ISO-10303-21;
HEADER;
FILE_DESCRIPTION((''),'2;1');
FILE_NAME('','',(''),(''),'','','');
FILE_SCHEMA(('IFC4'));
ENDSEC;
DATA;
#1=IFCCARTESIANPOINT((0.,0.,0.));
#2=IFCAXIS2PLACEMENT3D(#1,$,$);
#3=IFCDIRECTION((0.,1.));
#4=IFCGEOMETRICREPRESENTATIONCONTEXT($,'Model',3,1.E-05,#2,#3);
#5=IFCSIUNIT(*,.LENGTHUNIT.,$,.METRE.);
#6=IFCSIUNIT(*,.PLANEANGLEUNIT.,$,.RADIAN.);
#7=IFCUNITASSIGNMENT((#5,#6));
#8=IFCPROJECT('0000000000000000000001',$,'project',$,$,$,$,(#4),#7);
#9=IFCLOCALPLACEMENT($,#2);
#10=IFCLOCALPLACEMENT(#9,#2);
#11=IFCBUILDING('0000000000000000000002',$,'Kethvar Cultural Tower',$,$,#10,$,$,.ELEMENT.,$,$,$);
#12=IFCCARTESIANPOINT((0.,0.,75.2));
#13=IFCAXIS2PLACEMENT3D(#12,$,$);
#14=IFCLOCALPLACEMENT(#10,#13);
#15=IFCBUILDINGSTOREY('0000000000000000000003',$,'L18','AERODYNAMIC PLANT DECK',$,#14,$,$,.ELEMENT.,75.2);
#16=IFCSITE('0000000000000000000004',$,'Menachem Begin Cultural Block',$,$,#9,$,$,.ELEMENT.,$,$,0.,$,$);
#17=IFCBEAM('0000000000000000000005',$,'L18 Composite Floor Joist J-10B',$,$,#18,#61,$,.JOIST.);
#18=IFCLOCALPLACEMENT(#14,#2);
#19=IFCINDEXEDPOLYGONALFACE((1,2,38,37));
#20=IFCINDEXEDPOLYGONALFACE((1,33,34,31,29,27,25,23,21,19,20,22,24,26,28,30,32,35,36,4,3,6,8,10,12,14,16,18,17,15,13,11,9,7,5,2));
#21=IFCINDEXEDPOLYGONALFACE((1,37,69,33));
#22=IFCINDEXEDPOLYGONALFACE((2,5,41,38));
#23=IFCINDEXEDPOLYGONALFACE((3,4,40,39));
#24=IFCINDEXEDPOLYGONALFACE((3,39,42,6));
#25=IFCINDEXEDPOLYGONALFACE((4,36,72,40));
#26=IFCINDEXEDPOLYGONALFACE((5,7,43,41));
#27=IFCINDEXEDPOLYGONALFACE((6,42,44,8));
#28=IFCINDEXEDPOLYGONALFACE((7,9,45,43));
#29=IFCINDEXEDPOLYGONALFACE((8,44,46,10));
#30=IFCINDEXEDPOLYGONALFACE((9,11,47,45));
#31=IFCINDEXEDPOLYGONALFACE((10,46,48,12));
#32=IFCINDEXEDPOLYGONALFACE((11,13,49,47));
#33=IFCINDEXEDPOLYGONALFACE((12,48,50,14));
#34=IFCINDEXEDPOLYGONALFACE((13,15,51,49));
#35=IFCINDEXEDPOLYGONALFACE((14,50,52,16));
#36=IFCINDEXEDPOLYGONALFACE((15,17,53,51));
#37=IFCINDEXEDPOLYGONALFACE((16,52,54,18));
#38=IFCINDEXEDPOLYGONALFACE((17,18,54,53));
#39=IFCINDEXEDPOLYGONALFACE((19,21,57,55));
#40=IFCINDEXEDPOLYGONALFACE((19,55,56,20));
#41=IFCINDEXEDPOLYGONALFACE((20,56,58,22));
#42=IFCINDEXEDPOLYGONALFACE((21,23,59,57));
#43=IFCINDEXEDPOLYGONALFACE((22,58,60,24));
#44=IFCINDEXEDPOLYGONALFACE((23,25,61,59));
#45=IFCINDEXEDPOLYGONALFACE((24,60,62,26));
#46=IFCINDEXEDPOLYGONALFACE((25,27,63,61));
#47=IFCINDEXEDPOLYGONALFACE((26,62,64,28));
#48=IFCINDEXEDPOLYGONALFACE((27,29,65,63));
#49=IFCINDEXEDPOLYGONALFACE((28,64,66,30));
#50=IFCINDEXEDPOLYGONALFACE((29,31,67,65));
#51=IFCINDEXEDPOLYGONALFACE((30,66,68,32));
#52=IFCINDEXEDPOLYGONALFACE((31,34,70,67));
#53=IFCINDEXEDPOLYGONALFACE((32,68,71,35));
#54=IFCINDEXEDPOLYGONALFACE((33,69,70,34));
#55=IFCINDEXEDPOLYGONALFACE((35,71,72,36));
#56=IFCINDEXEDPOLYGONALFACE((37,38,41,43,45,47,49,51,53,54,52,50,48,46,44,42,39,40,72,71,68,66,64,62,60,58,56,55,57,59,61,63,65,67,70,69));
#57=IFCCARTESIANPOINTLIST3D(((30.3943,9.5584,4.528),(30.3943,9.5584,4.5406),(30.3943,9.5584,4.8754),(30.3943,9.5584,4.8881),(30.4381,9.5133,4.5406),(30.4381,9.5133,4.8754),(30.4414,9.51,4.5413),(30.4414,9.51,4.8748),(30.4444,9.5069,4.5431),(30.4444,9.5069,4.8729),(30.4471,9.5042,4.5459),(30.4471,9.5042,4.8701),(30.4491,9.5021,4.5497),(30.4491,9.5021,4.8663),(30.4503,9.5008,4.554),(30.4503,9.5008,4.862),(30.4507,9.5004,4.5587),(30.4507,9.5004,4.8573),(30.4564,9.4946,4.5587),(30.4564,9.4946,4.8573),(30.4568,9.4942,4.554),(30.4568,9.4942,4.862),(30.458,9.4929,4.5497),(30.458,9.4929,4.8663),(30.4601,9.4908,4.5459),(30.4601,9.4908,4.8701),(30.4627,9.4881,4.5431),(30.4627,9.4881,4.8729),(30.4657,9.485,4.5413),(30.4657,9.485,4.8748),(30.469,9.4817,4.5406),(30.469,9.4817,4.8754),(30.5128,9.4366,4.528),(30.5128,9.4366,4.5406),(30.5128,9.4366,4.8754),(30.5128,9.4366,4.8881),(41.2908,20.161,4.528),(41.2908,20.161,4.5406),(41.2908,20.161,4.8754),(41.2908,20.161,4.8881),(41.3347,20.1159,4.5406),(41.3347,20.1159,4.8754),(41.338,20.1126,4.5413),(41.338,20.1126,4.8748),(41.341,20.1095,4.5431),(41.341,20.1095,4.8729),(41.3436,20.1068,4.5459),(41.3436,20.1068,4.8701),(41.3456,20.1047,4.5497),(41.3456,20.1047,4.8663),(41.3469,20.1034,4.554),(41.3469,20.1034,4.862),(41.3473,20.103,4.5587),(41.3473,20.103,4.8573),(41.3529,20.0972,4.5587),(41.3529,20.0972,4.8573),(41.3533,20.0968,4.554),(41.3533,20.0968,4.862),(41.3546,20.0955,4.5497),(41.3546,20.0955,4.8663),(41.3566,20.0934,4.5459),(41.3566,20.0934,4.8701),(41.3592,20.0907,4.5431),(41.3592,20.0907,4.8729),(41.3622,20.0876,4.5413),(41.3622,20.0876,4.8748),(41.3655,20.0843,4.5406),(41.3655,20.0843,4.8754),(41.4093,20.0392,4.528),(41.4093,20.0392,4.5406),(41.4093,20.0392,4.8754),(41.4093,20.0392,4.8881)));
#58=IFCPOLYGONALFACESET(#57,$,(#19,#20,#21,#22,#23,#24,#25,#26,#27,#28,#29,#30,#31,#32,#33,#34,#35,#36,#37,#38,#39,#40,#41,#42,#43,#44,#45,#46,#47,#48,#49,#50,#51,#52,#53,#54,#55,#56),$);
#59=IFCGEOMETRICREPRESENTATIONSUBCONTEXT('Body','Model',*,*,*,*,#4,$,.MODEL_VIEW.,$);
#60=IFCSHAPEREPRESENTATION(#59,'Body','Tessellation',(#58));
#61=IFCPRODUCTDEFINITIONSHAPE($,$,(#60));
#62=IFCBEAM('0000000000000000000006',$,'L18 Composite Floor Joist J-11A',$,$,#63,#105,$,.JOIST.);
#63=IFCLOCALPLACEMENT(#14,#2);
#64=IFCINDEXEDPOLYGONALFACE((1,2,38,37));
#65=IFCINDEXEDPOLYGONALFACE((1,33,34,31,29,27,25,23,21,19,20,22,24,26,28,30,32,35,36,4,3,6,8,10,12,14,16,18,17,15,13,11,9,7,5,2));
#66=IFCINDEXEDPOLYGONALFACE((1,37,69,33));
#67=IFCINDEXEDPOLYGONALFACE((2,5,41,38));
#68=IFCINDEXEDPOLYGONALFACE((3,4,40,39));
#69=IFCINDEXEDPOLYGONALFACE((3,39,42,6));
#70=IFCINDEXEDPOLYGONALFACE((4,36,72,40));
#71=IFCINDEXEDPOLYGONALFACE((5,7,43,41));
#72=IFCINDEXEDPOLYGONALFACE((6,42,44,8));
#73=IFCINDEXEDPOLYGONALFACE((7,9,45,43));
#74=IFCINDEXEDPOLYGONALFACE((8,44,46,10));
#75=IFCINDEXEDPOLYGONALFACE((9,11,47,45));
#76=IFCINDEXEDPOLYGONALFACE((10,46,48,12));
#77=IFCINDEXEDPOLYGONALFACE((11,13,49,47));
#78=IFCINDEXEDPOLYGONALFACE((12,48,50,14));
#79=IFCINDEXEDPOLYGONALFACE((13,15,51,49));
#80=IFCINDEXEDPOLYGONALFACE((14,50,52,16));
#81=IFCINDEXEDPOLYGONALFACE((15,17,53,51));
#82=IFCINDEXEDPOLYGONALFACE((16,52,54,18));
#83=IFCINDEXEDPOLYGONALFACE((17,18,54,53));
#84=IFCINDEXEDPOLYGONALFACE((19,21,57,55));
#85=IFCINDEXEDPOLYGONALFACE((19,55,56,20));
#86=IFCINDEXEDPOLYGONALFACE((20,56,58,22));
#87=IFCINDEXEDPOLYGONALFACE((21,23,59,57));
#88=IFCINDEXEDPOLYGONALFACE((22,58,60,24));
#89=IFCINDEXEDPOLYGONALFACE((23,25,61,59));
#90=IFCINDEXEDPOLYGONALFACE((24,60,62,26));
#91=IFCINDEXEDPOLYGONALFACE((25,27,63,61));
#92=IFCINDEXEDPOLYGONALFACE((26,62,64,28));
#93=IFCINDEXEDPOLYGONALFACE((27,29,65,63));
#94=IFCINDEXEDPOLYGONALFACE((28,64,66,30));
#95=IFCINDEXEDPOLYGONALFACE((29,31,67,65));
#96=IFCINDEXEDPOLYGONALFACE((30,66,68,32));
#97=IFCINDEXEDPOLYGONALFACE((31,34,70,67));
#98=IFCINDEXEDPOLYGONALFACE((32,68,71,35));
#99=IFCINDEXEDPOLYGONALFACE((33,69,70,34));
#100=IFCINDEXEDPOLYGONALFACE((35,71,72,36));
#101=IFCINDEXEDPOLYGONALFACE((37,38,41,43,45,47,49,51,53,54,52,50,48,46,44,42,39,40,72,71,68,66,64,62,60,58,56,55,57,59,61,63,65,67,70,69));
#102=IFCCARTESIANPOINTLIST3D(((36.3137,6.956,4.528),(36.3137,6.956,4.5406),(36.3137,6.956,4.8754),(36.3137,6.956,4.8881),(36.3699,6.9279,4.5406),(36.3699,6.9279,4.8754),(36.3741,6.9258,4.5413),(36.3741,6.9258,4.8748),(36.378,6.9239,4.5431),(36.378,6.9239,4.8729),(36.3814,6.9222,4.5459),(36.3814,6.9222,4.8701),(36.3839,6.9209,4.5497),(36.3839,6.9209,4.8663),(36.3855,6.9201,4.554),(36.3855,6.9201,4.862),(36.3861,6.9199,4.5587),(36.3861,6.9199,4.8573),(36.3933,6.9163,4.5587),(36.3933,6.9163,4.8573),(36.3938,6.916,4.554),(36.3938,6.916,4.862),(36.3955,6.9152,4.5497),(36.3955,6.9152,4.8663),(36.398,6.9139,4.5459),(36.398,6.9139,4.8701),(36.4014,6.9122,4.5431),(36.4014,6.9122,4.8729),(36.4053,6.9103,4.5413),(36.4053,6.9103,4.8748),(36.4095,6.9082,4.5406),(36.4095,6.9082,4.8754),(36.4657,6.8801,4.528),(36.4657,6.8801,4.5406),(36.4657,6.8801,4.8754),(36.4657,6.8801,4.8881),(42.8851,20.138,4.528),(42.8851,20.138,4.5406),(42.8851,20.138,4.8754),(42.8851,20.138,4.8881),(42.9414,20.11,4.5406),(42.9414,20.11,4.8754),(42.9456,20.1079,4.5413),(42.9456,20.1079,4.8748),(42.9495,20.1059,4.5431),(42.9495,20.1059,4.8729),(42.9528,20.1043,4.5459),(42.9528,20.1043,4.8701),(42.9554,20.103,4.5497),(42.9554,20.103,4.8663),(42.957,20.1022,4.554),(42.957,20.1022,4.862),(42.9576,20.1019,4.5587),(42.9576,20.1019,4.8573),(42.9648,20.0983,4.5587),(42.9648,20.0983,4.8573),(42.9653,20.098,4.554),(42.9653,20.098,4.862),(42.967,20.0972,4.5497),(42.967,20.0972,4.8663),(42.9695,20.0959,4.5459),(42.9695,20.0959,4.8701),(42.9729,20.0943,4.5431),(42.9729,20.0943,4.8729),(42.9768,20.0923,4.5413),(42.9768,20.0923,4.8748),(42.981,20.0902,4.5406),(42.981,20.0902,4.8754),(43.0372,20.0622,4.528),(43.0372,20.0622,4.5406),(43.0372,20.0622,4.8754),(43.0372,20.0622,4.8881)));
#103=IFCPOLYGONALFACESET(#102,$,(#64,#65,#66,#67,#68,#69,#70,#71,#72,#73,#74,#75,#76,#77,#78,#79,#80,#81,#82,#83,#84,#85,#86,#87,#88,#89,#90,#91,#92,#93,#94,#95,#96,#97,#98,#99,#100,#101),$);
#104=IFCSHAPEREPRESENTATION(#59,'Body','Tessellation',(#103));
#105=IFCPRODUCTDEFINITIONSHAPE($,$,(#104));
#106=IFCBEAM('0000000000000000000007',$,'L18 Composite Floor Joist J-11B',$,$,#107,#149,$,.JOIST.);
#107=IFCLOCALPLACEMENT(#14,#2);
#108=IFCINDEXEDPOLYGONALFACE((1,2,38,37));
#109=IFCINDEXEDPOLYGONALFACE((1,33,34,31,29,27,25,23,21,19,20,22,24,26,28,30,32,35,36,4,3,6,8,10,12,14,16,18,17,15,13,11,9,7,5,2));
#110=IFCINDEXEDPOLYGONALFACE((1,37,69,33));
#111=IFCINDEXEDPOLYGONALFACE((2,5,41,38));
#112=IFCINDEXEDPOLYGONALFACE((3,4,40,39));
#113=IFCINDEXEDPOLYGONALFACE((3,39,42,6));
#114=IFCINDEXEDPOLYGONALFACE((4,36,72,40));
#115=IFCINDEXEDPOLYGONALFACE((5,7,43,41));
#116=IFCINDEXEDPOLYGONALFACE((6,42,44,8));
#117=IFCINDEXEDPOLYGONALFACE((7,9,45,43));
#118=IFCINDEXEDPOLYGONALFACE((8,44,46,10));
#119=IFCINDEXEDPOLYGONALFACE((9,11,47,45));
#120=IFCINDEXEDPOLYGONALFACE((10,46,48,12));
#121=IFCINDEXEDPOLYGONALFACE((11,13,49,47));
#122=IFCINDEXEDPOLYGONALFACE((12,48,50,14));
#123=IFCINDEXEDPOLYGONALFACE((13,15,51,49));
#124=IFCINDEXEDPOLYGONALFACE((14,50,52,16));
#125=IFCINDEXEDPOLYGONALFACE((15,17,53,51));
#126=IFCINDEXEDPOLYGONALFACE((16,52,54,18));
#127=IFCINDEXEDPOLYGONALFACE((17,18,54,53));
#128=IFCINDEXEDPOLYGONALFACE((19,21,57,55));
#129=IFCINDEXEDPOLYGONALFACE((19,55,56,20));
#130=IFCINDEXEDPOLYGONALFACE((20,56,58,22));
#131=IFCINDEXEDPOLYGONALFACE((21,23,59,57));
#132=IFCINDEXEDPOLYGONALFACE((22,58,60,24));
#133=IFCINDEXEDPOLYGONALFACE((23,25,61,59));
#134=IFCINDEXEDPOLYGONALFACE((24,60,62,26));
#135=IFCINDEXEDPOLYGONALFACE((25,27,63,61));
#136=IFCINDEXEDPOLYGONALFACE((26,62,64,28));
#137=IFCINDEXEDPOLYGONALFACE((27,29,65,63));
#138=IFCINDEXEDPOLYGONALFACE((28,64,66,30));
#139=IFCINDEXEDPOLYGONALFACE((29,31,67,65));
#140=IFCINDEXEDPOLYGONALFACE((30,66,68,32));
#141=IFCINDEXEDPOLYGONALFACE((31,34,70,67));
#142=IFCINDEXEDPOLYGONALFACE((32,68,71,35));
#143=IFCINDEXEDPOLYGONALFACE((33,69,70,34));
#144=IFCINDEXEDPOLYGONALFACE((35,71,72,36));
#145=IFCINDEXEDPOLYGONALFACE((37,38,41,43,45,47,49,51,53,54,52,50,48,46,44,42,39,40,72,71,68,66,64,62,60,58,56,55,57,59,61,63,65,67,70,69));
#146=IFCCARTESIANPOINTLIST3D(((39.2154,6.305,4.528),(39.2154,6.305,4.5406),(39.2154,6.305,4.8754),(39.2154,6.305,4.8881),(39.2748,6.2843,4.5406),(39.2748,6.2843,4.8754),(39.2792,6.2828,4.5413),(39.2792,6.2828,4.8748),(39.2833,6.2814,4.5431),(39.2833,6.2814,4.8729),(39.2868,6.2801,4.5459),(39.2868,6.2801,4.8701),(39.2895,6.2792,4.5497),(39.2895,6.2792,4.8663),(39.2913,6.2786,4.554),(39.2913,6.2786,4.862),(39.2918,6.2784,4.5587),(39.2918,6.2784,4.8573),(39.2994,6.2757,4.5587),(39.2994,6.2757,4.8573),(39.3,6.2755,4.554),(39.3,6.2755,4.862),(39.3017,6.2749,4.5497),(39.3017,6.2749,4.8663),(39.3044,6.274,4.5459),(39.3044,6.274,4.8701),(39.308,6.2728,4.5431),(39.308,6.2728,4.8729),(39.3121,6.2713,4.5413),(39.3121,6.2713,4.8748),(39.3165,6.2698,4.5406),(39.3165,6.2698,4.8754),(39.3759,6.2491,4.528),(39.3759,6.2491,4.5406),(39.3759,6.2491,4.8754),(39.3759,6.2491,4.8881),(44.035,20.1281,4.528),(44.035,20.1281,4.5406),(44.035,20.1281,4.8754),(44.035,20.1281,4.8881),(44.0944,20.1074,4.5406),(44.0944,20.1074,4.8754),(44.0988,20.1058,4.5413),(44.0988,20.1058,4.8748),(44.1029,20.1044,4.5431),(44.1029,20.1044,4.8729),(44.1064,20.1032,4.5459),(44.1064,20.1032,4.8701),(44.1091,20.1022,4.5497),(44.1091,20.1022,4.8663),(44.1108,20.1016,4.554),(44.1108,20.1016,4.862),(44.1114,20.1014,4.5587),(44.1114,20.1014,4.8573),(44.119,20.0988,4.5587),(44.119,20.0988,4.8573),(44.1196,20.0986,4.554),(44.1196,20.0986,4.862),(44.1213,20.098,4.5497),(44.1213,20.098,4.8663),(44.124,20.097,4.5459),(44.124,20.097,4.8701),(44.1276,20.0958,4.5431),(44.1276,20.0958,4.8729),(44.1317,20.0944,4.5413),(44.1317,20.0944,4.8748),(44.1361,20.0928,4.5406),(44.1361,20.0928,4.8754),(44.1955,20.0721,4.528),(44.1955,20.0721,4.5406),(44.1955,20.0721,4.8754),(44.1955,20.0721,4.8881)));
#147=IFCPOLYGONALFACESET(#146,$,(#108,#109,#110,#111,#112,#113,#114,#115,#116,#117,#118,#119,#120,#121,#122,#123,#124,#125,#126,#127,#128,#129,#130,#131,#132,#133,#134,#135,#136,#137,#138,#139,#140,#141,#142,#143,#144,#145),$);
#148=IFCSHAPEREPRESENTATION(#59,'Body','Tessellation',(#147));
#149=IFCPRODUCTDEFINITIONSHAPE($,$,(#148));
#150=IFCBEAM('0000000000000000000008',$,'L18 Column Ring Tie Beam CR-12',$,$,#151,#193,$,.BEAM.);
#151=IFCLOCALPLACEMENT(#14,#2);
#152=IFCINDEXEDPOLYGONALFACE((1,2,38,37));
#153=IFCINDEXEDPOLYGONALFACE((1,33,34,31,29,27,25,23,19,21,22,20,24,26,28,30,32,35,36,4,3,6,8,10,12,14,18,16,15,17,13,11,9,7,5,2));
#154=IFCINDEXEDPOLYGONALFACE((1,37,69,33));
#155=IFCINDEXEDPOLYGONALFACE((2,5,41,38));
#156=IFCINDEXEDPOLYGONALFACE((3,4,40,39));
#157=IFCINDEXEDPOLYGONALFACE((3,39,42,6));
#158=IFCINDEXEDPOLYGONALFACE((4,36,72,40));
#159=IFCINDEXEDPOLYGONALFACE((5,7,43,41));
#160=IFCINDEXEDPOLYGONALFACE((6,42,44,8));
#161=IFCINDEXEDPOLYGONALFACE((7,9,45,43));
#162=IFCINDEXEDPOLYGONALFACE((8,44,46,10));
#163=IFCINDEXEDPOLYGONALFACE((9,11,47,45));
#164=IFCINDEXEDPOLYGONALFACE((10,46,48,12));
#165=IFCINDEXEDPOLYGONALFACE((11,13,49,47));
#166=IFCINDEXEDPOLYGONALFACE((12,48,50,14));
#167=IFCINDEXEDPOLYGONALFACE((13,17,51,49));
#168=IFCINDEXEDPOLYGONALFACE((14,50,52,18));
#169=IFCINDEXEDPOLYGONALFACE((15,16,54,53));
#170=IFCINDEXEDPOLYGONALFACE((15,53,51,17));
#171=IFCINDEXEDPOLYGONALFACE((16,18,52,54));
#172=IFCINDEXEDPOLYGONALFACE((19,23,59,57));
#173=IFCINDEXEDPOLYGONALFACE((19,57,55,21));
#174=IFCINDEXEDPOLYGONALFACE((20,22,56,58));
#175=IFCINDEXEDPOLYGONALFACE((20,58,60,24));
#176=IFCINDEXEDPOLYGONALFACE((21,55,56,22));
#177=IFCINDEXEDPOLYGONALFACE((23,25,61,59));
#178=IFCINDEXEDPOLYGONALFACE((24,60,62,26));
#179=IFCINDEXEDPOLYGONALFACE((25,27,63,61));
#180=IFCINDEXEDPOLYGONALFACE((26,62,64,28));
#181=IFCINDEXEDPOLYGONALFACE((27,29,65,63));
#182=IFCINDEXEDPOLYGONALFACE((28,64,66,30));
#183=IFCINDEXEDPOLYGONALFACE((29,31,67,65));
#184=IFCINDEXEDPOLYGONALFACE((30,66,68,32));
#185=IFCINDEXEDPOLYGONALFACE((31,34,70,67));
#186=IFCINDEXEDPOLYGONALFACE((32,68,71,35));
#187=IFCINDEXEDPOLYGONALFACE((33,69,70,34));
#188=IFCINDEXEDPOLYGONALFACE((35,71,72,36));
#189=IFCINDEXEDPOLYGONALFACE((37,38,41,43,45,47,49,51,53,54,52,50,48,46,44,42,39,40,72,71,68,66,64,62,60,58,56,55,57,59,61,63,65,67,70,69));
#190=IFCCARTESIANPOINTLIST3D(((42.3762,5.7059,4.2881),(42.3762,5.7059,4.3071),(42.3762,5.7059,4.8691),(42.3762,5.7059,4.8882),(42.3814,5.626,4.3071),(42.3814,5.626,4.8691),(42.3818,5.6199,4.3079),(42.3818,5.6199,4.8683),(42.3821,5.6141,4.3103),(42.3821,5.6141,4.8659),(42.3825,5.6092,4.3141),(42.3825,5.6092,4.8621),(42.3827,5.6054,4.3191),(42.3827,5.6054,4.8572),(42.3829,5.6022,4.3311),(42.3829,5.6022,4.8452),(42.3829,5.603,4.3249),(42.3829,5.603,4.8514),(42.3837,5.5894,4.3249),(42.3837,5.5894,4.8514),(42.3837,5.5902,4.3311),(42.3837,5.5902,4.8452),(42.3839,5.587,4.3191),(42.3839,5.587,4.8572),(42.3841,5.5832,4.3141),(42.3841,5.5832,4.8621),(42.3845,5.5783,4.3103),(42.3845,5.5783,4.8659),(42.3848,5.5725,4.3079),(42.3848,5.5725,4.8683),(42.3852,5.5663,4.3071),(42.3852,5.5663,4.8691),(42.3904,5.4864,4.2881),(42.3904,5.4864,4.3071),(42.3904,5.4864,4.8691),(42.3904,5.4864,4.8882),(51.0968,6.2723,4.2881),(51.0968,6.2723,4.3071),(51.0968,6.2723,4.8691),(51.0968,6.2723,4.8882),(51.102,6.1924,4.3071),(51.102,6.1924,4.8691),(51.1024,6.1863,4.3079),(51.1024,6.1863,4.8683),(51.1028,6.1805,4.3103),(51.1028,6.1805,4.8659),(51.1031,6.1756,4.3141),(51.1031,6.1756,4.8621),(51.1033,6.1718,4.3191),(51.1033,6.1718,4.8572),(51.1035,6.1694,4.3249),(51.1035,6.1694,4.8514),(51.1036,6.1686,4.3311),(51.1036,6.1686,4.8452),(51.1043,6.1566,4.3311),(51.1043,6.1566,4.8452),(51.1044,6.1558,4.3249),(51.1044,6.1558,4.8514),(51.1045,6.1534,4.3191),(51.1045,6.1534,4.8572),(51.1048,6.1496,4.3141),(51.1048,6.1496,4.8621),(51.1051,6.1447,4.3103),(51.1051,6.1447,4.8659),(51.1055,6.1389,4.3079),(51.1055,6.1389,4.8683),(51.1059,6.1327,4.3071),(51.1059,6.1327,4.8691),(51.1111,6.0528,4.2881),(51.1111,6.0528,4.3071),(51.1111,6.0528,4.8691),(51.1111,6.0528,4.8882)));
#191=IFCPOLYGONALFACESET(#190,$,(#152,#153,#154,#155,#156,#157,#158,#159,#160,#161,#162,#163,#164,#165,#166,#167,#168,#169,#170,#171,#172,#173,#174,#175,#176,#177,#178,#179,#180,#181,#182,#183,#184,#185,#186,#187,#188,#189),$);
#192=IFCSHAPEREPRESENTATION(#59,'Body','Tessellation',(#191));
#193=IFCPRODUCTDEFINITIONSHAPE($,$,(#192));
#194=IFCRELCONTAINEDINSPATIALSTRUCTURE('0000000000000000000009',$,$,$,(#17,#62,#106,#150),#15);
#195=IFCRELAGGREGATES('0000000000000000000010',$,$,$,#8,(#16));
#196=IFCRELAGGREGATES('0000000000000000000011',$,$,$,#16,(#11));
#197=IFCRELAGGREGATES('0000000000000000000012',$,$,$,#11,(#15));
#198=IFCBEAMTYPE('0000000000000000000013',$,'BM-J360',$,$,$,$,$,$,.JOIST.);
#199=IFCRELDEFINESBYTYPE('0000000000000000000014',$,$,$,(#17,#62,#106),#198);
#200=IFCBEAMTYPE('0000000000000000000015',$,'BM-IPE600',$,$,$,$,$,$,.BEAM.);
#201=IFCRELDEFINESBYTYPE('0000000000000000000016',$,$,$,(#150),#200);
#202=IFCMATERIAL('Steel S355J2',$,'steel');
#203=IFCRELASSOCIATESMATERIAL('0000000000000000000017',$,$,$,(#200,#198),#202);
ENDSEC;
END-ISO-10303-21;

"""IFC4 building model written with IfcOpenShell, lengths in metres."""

from ifc_helpers import new_model, si_unit, direction, frame, origin, origin_2d, place, context, subcontext, project, spatial, i_section, extrude, source, transform, mapped, material, material_profile, profile_set, type_object, element, save


model = new_model("IFC4")

# Units and contexts
model_context = context("Model", 3, precision=1e-05, world=origin(), true_north=direction((0.0, 1.0)))
body_context = subcontext(model_context, "Body", "Model", "MODEL_VIEW")
ifc_project = project(units=[si_unit("LENGTHUNIT", "METRE"), si_unit("PLANEANGLEUNIT", "RADIAN")], contexts=[model_context])

# Site, building, storey
site_placement = place(None, origin())
site = spatial("IfcSite", under=ifc_project, at=site_placement, Name="Menachem Begin Cultural Block", CompositionType="ELEMENT", RefElevation=0.0)
building_placement = place(site_placement, origin())
building = spatial("IfcBuilding", under=site, at=building_placement, Name="Kethvar Cultural Tower", CompositionType="ELEMENT")
storey_placement = place(building_placement, frame((0.0, 0.0, 75.2)))
storey = spatial("IfcBuildingStorey", under=building, at=storey_placement, Name="L18", Description="AERODYNAMIC PLANT DECK", CompositionType="ELEMENT", Elevation=75.2)

# Beams
ifc_material_1 = material(Name="Steel S355J2", Category="steel")
ifc_material_profile_1 = material_profile(ifc_material_1, i_section(OverallWidth=0.22, OverallDepth=0.6001, WebThickness=0.012, FlangeThickness=0.019, FilletRadius=0.0239, at=origin_2d()), Name="Steel S355J2 — IPE600")
ifc_profile_set_1 = profile_set([ifc_material_profile_1], Name="Steel S355J2 — IPE600")
beam_type_1 = type_object("IfcBeamType", Name="BM-IPE600", PredefinedType="BEAM", material=ifc_profile_set_1)
ifc_material_profile_2 = material_profile(ifc_material_1, i_section(OverallWidth=0.1699, OverallDepth=0.3601, WebThickness=0.0081, FlangeThickness=0.0127, FilletRadius=0.0181, at=origin_2d()), Name="Steel S355J2 — IPE360")
ifc_profile_set_2 = profile_set([ifc_material_profile_2], Name="Steel S355J2 — IPE360")
beam_type_2 = type_object("IfcBeamType", Name="BM-J360", PredefinedType="JOIST", material=ifc_profile_set_2)
shared_shape_1 = source(origin(), body_context, "Body", "SweptSolid", [
    extrude(i_section(OverallWidth=0.1699, OverallDepth=0.3601, WebThickness=0.0081, FlangeThickness=0.0127, FilletRadius=0.0181, at=origin_2d()), origin(), (0.0, 0.0, 1.0), 15.2036),
])
beam_1_placement = place(storey_placement, frame((41.3501, 20.1001, 4.708), z_axis=(-0.716708, -0.697374, 0.0), x_axis=(0.697374, -0.716708, 0.0)))
element("IfcBeam", 1, at=beam_1_placement, inside=storey, type_object=beam_type_2, Name="L18 Composite Floor Joist J-10B", PredefinedType="JOIST", context=body_context, shape_type="MappedRepresentation", body=[
    mapped(shared_shape_1, transform((0.0, 0.0, 0.0), scale=1.0)),
])
shared_shape_2 = source(origin(), body_context, "Body", "SweptSolid", [
    extrude(i_section(OverallWidth=0.1699, OverallDepth=0.3601, WebThickness=0.0081, FlangeThickness=0.0127, FilletRadius=0.0181, at=origin_2d()), origin(), (0.0, 0.0, 1.0), 14.7292),
])
beam_2_placement = place(storey_placement, frame((42.9612, 20.1001, 4.708), z_axis=(-0.446152, -0.894957, 0.0), x_axis=(0.894957, -0.446152, 0.0)))
element("IfcBeam", 2, at=beam_2_placement, inside=storey, type_object=beam_type_2, Name="L18 Composite Floor Joist J-11A", PredefinedType="JOIST", context=body_context, shape_type="MappedRepresentation", body=[
    mapped(shared_shape_2, transform((0.0, 0.0, 0.0), scale=1.0)),
])
shared_shape_3 = source(origin(), body_context, "Body", "SweptSolid", [
    extrude(i_section(OverallWidth=0.1699, OverallDepth=0.3601, WebThickness=0.0081, FlangeThickness=0.0127, FilletRadius=0.0181, at=origin_2d()), origin(), (0.0, 0.0, 1.0), 14.6392),
])
beam_3_placement = place(storey_placement, frame((44.1152, 20.1001, 4.708), z_axis=(-0.329226, -0.944251, 0.0), x_axis=(0.944251, -0.329226, 0.0)))
element("IfcBeam", 3, at=beam_3_placement, inside=storey, type_object=beam_type_2, Name="L18 Composite Floor Joist J-11B", PredefinedType="JOIST", context=body_context, shape_type="MappedRepresentation", body=[
    mapped(shared_shape_3, transform((0.0, 0.0, 0.0), scale=1.0)),
])
shared_shape_4 = source(origin(), body_context, "Body", "SweptSolid", [
    extrude(i_section(OverallWidth=0.22, OverallDepth=0.6001, WebThickness=0.012, FlangeThickness=0.019, FilletRadius=0.0239, at=origin_2d()), origin(), (0.0, 0.0, 1.0), 8.739),
])
beam_4_placement = place(storey_placement, frame((42.3833, 5.5962, 4.5881), z_axis=(0.997897, 0.064813, 0.0), x_axis=(-0.064813, 0.997897, 0.0)))
element("IfcBeam", 4, at=beam_4_placement, inside=storey, type_object=beam_type_1, Name="L18 Column Ring Tie Beam CR-12", PredefinedType="BEAM", context=body_context, shape_type="MappedRepresentation", body=[
    mapped(shared_shape_4, transform((0.0, 0.0, 0.0), scale=1.0)),
])

save(model, "model.ifc")
